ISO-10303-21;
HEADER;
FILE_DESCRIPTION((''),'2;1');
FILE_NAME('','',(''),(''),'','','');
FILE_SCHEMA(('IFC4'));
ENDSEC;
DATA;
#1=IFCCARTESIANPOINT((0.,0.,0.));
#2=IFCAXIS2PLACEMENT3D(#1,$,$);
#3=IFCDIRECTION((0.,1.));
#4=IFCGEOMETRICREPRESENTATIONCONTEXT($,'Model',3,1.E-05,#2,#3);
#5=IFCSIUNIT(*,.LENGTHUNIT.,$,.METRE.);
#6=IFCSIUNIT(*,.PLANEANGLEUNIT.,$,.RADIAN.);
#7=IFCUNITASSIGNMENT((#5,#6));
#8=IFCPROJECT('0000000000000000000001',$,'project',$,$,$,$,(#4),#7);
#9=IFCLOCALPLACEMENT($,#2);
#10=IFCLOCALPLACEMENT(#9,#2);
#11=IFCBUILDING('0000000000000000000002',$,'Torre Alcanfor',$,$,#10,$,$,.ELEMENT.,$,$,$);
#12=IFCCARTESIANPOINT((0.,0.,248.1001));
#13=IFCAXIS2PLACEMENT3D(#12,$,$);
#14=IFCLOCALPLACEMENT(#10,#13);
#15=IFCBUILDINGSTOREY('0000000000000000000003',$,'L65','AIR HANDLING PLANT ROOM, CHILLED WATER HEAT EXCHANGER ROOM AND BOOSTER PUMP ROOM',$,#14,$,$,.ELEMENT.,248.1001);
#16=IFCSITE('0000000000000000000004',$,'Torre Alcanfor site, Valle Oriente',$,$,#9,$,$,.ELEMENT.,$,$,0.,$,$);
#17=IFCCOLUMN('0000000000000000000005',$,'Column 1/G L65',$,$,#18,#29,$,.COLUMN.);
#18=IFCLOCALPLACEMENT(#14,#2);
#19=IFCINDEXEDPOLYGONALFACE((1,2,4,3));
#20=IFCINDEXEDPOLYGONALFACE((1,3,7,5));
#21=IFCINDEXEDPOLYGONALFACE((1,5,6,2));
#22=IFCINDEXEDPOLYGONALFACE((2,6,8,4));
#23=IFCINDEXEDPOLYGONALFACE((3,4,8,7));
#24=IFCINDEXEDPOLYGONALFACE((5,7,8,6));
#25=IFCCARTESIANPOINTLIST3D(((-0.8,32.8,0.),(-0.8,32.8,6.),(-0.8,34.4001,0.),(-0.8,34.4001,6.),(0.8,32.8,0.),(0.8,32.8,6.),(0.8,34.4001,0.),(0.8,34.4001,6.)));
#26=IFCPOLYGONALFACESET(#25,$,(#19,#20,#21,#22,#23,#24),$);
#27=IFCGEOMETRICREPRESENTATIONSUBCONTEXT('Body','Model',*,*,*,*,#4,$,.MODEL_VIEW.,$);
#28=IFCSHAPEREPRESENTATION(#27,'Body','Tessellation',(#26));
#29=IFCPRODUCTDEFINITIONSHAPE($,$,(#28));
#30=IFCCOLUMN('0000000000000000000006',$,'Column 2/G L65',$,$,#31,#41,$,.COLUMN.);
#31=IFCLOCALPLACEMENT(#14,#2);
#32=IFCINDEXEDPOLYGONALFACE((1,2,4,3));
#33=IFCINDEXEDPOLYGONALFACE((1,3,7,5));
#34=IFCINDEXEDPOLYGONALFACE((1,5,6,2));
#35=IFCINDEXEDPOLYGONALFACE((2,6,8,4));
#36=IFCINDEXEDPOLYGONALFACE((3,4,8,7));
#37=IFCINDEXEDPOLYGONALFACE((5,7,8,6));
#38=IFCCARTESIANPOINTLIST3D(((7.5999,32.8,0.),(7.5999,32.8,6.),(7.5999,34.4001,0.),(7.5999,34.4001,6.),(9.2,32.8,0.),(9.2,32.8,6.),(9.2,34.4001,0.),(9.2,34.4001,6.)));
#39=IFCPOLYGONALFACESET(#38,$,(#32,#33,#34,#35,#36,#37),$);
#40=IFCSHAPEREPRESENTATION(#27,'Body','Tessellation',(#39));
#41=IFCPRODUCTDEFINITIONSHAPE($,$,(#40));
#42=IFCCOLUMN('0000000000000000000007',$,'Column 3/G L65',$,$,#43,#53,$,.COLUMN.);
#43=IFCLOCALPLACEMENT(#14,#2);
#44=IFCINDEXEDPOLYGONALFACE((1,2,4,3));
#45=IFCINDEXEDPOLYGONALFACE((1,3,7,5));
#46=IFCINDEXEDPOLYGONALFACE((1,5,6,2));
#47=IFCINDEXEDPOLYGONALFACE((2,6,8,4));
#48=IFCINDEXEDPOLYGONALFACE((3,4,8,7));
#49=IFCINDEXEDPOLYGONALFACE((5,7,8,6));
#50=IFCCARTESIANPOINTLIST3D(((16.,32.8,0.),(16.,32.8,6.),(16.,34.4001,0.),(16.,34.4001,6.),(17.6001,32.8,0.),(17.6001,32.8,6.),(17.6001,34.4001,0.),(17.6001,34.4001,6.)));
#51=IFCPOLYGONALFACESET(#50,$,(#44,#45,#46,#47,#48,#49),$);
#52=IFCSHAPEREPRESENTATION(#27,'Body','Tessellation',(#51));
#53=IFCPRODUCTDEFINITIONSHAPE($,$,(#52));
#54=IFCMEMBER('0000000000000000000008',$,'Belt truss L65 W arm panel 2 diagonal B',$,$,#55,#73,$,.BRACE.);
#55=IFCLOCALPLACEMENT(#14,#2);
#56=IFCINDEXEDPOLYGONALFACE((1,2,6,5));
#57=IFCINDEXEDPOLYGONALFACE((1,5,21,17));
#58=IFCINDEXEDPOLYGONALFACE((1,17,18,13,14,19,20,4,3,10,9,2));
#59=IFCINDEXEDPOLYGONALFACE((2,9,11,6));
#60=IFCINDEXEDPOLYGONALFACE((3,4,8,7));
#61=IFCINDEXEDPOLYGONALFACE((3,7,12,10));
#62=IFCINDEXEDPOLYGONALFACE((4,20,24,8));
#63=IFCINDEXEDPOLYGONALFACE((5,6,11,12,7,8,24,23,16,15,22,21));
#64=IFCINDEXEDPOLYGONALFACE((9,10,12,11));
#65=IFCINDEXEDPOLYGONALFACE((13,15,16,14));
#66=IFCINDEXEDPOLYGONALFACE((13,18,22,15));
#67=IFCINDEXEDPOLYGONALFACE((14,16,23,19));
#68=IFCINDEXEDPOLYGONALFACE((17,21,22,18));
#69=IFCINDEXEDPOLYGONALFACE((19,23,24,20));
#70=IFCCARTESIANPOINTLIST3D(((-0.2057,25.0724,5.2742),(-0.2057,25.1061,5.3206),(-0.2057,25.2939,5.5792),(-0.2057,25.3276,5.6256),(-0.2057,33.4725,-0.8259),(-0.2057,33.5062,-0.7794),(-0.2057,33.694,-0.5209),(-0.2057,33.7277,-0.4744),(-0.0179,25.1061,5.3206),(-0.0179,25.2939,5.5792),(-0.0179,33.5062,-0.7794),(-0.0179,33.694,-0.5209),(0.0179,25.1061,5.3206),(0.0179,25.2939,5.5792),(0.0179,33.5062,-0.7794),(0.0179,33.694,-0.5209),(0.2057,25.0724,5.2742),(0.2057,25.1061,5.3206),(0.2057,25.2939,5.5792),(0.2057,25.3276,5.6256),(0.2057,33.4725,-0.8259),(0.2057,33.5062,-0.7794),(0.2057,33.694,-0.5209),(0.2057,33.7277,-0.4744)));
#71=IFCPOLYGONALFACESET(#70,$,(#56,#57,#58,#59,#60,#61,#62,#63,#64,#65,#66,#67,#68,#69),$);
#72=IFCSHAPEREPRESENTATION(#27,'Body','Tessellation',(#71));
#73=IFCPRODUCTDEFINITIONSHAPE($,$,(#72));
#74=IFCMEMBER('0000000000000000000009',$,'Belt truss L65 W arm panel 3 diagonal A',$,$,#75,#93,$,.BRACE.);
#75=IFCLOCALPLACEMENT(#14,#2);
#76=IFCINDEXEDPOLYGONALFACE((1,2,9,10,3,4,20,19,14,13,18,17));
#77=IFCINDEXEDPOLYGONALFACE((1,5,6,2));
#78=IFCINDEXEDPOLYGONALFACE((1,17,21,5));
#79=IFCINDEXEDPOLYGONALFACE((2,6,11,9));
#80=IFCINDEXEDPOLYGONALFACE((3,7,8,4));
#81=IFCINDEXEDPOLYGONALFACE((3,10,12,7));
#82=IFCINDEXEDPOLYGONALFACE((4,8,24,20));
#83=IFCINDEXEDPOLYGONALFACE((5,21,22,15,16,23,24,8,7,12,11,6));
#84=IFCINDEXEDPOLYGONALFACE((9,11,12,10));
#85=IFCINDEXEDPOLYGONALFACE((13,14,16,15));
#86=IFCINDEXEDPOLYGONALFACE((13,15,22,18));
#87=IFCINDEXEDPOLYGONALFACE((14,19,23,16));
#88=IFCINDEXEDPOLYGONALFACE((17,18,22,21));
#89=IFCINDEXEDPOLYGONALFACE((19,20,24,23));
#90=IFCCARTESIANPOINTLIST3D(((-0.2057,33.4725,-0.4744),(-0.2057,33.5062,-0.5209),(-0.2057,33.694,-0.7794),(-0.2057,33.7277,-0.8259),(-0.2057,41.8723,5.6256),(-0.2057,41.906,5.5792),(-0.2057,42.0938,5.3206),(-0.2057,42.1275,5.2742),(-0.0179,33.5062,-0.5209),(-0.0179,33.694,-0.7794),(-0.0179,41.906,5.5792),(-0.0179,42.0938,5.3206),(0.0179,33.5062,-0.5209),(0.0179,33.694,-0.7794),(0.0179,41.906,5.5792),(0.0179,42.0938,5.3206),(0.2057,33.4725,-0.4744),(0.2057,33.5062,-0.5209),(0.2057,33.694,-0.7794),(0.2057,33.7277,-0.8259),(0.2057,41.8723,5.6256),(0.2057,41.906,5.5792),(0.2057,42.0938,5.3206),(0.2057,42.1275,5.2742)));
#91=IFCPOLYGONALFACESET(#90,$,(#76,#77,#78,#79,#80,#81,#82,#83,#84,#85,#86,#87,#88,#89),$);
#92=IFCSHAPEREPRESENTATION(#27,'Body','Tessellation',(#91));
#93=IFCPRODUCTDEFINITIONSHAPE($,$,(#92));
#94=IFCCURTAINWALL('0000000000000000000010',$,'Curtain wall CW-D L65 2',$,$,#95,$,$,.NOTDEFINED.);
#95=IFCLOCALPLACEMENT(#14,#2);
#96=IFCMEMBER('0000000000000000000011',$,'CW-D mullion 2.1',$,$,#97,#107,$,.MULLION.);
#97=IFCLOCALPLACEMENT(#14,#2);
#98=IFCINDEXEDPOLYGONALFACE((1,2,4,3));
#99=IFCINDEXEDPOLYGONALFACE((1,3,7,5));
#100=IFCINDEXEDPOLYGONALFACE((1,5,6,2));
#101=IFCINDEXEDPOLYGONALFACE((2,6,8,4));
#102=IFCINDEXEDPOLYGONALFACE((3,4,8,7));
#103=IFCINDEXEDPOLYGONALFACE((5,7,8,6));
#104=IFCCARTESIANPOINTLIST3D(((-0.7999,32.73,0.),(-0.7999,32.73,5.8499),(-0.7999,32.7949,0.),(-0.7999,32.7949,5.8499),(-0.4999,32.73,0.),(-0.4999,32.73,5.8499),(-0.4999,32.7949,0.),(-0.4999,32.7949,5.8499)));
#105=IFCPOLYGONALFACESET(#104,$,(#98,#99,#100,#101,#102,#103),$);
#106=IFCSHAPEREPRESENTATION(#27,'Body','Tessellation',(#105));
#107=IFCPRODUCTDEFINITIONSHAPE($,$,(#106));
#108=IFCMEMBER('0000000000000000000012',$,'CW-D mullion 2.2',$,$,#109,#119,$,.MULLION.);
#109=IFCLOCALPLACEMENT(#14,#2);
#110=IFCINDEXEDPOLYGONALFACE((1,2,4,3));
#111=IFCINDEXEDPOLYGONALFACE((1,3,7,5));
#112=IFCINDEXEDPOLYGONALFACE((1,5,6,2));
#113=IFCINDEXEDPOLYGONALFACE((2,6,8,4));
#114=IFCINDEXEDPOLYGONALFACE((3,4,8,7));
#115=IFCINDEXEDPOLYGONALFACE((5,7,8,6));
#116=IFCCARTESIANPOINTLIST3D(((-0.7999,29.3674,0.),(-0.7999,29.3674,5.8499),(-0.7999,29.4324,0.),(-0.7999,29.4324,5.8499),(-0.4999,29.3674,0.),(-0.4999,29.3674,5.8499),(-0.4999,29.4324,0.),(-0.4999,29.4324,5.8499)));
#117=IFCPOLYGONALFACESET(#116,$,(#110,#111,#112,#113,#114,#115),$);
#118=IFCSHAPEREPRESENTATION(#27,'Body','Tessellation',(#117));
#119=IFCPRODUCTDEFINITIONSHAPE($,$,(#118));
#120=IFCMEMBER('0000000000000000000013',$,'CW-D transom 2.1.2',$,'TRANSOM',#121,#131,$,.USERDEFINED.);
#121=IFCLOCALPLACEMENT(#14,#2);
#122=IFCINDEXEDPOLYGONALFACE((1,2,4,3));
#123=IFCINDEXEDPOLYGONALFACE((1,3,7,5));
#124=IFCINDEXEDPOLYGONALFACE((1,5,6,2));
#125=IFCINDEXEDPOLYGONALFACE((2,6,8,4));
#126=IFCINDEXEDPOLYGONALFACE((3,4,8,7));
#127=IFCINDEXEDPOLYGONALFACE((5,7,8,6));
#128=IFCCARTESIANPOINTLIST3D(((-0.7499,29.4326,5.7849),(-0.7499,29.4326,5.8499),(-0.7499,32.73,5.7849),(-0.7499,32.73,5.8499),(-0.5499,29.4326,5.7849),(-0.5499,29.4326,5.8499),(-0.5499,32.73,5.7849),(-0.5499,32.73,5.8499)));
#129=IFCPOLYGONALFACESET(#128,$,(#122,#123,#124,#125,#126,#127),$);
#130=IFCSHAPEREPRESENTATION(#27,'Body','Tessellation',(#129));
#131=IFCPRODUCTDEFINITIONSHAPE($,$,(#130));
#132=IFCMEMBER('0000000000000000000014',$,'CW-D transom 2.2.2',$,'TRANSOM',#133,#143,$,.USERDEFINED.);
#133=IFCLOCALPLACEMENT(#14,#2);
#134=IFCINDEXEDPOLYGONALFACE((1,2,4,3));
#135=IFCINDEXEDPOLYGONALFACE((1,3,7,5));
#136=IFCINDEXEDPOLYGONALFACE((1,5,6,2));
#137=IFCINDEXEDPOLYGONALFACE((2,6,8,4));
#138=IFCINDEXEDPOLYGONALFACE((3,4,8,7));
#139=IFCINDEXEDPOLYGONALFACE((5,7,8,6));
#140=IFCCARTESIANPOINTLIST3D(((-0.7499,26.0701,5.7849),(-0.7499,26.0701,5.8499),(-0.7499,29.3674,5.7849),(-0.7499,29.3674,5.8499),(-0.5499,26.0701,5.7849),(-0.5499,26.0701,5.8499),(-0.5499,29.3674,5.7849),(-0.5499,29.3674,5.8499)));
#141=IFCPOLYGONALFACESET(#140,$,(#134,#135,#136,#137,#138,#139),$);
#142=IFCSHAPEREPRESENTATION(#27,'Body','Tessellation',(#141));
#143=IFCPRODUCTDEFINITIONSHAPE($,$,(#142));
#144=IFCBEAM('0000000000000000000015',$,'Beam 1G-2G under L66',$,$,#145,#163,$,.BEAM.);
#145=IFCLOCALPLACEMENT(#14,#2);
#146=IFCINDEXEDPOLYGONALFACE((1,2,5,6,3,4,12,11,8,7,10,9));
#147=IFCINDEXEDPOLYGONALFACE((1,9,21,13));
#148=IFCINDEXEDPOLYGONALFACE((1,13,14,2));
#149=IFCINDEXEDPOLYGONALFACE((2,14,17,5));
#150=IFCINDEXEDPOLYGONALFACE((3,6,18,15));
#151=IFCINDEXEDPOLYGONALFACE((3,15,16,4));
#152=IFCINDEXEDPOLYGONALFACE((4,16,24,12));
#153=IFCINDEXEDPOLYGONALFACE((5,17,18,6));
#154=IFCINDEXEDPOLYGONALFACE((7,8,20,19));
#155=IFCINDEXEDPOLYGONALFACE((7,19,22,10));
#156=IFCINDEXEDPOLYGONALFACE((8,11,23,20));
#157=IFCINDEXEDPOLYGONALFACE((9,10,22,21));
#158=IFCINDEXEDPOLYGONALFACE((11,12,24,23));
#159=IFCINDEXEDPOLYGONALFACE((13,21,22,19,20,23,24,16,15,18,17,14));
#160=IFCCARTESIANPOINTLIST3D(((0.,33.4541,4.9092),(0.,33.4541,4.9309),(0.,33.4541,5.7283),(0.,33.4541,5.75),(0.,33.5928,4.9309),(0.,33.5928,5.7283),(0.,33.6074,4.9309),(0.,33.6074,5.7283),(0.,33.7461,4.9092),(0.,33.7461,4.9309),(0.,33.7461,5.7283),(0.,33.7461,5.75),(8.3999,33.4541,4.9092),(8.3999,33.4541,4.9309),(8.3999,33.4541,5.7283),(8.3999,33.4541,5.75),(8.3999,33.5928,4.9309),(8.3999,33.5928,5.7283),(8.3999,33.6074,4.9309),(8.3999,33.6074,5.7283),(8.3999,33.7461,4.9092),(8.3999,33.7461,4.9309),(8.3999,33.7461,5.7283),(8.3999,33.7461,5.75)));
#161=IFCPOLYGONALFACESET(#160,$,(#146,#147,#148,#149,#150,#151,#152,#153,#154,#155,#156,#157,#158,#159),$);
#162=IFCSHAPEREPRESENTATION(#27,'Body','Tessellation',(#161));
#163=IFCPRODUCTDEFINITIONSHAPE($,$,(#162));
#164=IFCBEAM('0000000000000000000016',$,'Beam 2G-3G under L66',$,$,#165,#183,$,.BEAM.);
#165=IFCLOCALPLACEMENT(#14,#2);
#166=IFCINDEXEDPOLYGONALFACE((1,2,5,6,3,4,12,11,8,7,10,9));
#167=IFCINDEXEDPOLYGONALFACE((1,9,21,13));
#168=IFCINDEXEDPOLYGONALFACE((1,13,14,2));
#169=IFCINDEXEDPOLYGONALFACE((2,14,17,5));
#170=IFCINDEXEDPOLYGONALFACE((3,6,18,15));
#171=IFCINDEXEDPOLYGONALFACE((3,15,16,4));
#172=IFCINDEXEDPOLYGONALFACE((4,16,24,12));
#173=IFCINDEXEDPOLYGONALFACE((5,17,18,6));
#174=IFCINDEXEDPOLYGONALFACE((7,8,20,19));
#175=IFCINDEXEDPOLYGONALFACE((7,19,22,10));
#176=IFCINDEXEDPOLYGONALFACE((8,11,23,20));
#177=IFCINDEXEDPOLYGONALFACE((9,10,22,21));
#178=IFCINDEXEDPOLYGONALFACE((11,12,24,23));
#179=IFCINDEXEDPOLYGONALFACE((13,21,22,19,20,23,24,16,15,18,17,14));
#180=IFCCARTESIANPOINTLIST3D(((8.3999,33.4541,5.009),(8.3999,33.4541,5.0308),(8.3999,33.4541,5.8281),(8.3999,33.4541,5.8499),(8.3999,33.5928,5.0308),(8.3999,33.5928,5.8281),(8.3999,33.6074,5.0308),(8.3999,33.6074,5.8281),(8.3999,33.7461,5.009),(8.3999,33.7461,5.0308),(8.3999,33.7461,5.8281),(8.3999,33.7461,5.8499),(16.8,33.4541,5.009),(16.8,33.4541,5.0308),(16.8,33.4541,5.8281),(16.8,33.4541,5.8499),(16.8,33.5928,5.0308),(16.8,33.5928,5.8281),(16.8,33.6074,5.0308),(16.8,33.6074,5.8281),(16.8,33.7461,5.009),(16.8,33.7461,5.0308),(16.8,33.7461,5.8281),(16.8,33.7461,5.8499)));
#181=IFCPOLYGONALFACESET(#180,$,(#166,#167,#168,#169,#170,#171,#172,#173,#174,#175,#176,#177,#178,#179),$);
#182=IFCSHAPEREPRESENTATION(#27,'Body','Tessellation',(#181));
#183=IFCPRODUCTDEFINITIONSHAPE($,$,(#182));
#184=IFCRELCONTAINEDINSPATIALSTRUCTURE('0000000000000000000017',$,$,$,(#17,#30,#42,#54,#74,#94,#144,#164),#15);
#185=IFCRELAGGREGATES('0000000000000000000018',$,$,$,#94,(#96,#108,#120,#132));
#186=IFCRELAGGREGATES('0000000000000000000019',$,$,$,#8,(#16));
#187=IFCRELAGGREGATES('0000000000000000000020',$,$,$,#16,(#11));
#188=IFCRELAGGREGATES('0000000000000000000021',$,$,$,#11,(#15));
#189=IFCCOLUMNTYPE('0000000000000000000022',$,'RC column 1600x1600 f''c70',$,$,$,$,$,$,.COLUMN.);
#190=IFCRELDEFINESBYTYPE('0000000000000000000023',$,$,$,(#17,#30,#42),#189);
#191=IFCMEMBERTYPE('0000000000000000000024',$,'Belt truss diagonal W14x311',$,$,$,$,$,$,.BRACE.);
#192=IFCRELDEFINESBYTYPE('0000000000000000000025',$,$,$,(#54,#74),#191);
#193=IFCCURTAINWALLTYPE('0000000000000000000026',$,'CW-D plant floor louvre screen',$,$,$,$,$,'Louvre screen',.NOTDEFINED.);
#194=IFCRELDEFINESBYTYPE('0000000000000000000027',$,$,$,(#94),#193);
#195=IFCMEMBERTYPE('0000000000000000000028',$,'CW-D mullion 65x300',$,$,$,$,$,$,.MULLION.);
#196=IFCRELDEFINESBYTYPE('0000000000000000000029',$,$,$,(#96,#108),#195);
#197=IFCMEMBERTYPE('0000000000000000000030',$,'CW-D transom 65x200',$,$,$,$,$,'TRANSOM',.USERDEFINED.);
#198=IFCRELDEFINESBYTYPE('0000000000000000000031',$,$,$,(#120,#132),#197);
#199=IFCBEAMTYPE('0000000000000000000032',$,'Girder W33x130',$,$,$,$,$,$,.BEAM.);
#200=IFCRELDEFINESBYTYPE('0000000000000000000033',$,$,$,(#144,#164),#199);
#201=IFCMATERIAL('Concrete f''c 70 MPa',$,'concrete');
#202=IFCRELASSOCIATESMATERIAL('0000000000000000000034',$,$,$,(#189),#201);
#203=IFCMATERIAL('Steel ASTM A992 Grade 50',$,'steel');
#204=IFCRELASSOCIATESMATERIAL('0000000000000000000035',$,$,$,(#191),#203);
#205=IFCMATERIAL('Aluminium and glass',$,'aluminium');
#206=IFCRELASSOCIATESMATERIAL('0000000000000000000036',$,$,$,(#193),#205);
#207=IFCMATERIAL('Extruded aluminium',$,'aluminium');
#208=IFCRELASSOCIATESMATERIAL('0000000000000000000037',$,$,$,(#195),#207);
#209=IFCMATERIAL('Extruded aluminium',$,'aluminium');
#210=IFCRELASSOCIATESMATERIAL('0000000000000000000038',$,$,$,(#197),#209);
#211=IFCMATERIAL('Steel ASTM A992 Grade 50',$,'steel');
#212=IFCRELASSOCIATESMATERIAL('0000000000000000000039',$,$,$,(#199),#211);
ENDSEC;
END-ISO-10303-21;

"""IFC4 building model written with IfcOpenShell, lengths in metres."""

from ifc_helpers import new_model, si_unit, direction, frame, origin, origin_2d, place, context, subcontext, project, spatial, rectangle, i_section, extrude, material, material_profile, profile_set, type_object, element, aggregate, save


model = new_model("IFC4")

# Units and contexts
model_context = context("Model", 3, precision=1e-05, world=origin(), true_north=direction((0.0, 1.0)))
body_context = subcontext(model_context, "Body", "Model", "MODEL_VIEW")
ifc_project = project(units=[si_unit("LENGTHUNIT", "METRE"), si_unit("PLANEANGLEUNIT", "RADIAN")], contexts=[model_context])

# Site, building, storey
site_placement = place(None, origin())
site = spatial("IfcSite", under=ifc_project, at=site_placement, Name="Torre Alcanfor site, Valle Oriente", CompositionType="ELEMENT", RefElevation=0.0)
building_placement = place(site_placement, origin())
building = spatial("IfcBuilding", under=site, at=building_placement, Name="Torre Alcanfor", CompositionType="ELEMENT")
storey_placement = place(building_placement, frame((0.0, 0.0, 248.1001)))
storey = spatial("IfcBuildingStorey", under=building, at=storey_placement, Name="L65", Description="AIR HANDLING PLANT ROOM, CHILLED WATER HEAT EXCHANGER ROOM AND BOOSTER PUMP ROOM", CompositionType="ELEMENT", Elevation=248.1001)

# Columns
ifc_material_1 = material(Name="Concrete f'c 70 MPa", Category="concrete")
ifc_material_profile_1 = material_profile(ifc_material_1, rectangle(XDim=1.6001, YDim=1.6001, at=origin_2d()), Name="1600x1600")
ifc_profile_set_1 = profile_set([ifc_material_profile_1], Name="Concrete f'c 70 MPa")
column_type = type_object("IfcColumnType", Name="RC column 1600x1600 f'c70", PredefinedType="COLUMN", material=ifc_profile_set_1)
for number, where, z_axis, x_axis, name in (
    (1, (0.0, 33.6001, 0.0), (0.0, 0.0, 1.0), (1.0, 0.0, 0.0), "Column 1/G L65"),
    (2, (8.3999, 33.6001, 0.0), (0.0, 0.0, 1.0), (1.0, 0.0, 0.0), "Column 2/G L65"),
    (3, (16.8, 33.6001, 0.0), (0.0, 0.0, 1.0), (1.0, 0.0, 0.0), "Column 3/G L65"),
):
    element("IfcColumn", number, at=place(storey_placement, frame(where, z_axis=z_axis, x_axis=x_axis)), inside=storey, type_object=column_type, Name=name, PredefinedType="COLUMN", context=body_context, shape_type="SweptSolid", body=[
        extrude(rectangle(XDim=1.6001, YDim=1.6001, at=origin_2d()), origin(), (0.0, 0.0, 1.0), 6.0),
    ])

# Members
ifc_material_2 = material(Name="Steel ASTM A992 Grade 50", Category="steel")
ifc_material_profile_2 = material_profile(ifc_material_2, i_section(OverallWidth=0.4114, OverallDepth=0.4343, WebThickness=0.0359, FlangeThickness=0.0574, at=origin_2d()), Name="W14x311")
ifc_profile_set_2 = profile_set([ifc_material_profile_2], Name="Steel ASTM A992 Grade 50")
member_type_1 = type_object("IfcMemberType", Name="Belt truss diagonal W14x311", PredefinedType="BRACE", material=ifc_profile_set_2)
member_1_placement = place(storey_placement, frame((0.0, 33.6001, -0.6501), z_axis=(0.0, -0.809153, 0.587598), x_axis=(1.0, 0.0, 0.0)))
element("IfcMember", 4, at=member_1_placement, inside=storey, type_object=member_type_1, Name="Belt truss L65 W arm panel 2 diagonal B", PredefinedType="BRACE", context=body_context, shape_type="SweptSolid", body=[
    extrude(i_section(OverallWidth=0.4114, OverallDepth=0.4343, WebThickness=0.0359, FlangeThickness=0.0574, at=origin_2d()), origin(), (0.0, 0.0, 1.0), 10.3813),
])
member_2_placement = place(storey_placement, frame((0.0, 33.6001, -0.6501), z_axis=(0.0, 0.809145, 0.587609), x_axis=(-1.0, 0.0, 0.0)))
element("IfcMember", 5, at=member_2_placement, inside=storey, type_object=member_type_1, Name="Belt truss L65 W arm panel 3 diagonal A", PredefinedType="BRACE", context=body_context, shape_type="SweptSolid", body=[
    extrude(i_section(OverallWidth=0.4114, OverallDepth=0.4343, WebThickness=0.0359, FlangeThickness=0.0574, at=origin_2d()), origin(), (0.0, 0.0, 1.0), 10.3811),
])

# Curtain wall, members
ifc_material_3 = material(Name="Aluminium and glass", Category="aluminium")
curtain_wall_type = type_object("IfcCurtainWallType", Name="CW-D plant floor louvre screen", ElementType="Louvre screen", PredefinedType="NOTDEFINED", material=ifc_material_3)
curtain_wall_placement = place(storey_placement, origin())
curtain_wall = element("IfcCurtainWall", 6, at=curtain_wall_placement, inside=storey, type_object=curtain_wall_type, Name="Curtain wall CW-D L65 2", PredefinedType="NOTDEFINED")
ifc_material_4 = material(Name="Extruded aluminium", Category="aluminium")
ifc_material_profile_3 = material_profile(ifc_material_4, rectangle(XDim=0.3, YDim=0.0649, at=origin_2d()), Name="CW-D mullion 65x300")
ifc_profile_set_3 = profile_set([ifc_material_profile_3], Name="Extruded aluminium")
member_type_2 = type_object("IfcMemberType", Name="CW-D mullion 65x300", PredefinedType="MULLION", material=ifc_profile_set_3)
member_3_placement = place(storey_placement, frame((-0.6499, 32.7625, 0.0), z_axis=(0.0, 0.0, 1.0), x_axis=(1.0, 0.0, 0.0)))
member_3 = element("IfcMember", 7, at=member_3_placement, type_object=member_type_2, Name="CW-D mullion 2.1", PredefinedType="MULLION", context=body_context, shape_type="SweptSolid", body=[
    extrude(rectangle(XDim=0.3, YDim=0.0649, at=origin_2d()), origin(), (0.0, 0.0, 1.0), 5.8499),
])
member_4_placement = place(storey_placement, frame((-0.6499, 29.3999, 0.0), z_axis=(0.0, 0.0, 1.0), x_axis=(1.0, 0.0, 0.0)))
member_4 = element("IfcMember", 8, at=member_4_placement, type_object=member_type_2, Name="CW-D mullion 2.2", PredefinedType="MULLION", context=body_context, shape_type="SweptSolid", body=[
    extrude(rectangle(XDim=0.3, YDim=0.0649, at=origin_2d()), origin(), (0.0, 0.0, 1.0), 5.8499),
])
ifc_material_5 = material(Name="Extruded aluminium", Category="aluminium")
ifc_material_profile_4 = material_profile(ifc_material_5, rectangle(XDim=0.2, YDim=0.0649, at=origin_2d()), Name="CW-D transom 200x65")
ifc_profile_set_4 = profile_set([ifc_material_profile_4], Name="Extruded aluminium")
member_type_3 = type_object("IfcMemberType", Name="CW-D transom 65x200", ElementType="TRANSOM", PredefinedType="USERDEFINED", material=ifc_profile_set_4)
member_5_placement = place(storey_placement, frame((-0.6499, 32.73, 5.8174), z_axis=(0.0, -1.0, 0.0), x_axis=(1.0, 0.0, 0.0)))
member_5 = element("IfcMember", 9, at=member_5_placement, type_object=member_type_3, Name="CW-D transom 2.1.2", ObjectType="TRANSOM", PredefinedType="USERDEFINED", context=body_context, shape_type="SweptSolid", body=[
    extrude(rectangle(XDim=0.2, YDim=0.0649, at=origin_2d()), origin(), (0.0, 0.0, 1.0), 3.2974),
])
member_6_placement = place(storey_placement, frame((-0.6499, 29.3674, 5.8174), z_axis=(0.0, -1.0, 0.0), x_axis=(1.0, 0.0, 0.0)))
member_6 = element("IfcMember", 10, at=member_6_placement, type_object=member_type_3, Name="CW-D transom 2.2.2", ObjectType="TRANSOM", PredefinedType="USERDEFINED", context=body_context, shape_type="SweptSolid", body=[
    extrude(rectangle(XDim=0.2, YDim=0.0649, at=origin_2d()), origin(), (0.0, 0.0, 1.0), 3.2974),
])

# Beams
ifc_material_6 = material(Name="Steel ASTM A992 Grade 50", Category="steel")
ifc_material_profile_5 = material_profile(ifc_material_6, i_section(OverallWidth=0.292, OverallDepth=0.8408, WebThickness=0.0146, FlangeThickness=0.0217, at=origin_2d()), Name="W33x130")
ifc_profile_set_5 = profile_set([ifc_material_profile_5], Name="Steel ASTM A992 Grade 50")
beam_type = type_object("IfcBeamType", Name="Girder W33x130", PredefinedType="BEAM", material=ifc_profile_set_5)
beam_1_placement = place(storey_placement, frame((0.0, 33.6001, 5.3296), z_axis=(1.0, 0.0, 0.0), x_axis=(0.0, 1.0, 0.0)))
element("IfcBeam", 11, at=beam_1_placement, inside=storey, type_object=beam_type, Name="Beam 1G-2G under L66", PredefinedType="BEAM", context=body_context, shape_type="SweptSolid", body=[
    extrude(i_section(OverallWidth=0.292, OverallDepth=0.8408, WebThickness=0.0146, FlangeThickness=0.0217, at=origin_2d()), origin(), (0.0, 0.0, 1.0), 8.3999),
])
beam_2_placement = place(storey_placement, frame((8.3999, 33.6001, 5.4294), z_axis=(1.0, 0.0, 0.0), x_axis=(0.0, 1.0, 0.0)))
element("IfcBeam", 12, at=beam_2_placement, inside=storey, type_object=beam_type, Name="Beam 2G-3G under L66", PredefinedType="BEAM", context=body_context, shape_type="SweptSolid", body=[
    extrude(i_section(OverallWidth=0.292, OverallDepth=0.8408, WebThickness=0.0146, FlangeThickness=0.0217, at=origin_2d()), origin(), (0.0, 0.0, 1.0), 8.4001),
])

aggregate(curtain_wall, [member_3, member_4, member_5, member_6])

save(model, "model.ifc")
